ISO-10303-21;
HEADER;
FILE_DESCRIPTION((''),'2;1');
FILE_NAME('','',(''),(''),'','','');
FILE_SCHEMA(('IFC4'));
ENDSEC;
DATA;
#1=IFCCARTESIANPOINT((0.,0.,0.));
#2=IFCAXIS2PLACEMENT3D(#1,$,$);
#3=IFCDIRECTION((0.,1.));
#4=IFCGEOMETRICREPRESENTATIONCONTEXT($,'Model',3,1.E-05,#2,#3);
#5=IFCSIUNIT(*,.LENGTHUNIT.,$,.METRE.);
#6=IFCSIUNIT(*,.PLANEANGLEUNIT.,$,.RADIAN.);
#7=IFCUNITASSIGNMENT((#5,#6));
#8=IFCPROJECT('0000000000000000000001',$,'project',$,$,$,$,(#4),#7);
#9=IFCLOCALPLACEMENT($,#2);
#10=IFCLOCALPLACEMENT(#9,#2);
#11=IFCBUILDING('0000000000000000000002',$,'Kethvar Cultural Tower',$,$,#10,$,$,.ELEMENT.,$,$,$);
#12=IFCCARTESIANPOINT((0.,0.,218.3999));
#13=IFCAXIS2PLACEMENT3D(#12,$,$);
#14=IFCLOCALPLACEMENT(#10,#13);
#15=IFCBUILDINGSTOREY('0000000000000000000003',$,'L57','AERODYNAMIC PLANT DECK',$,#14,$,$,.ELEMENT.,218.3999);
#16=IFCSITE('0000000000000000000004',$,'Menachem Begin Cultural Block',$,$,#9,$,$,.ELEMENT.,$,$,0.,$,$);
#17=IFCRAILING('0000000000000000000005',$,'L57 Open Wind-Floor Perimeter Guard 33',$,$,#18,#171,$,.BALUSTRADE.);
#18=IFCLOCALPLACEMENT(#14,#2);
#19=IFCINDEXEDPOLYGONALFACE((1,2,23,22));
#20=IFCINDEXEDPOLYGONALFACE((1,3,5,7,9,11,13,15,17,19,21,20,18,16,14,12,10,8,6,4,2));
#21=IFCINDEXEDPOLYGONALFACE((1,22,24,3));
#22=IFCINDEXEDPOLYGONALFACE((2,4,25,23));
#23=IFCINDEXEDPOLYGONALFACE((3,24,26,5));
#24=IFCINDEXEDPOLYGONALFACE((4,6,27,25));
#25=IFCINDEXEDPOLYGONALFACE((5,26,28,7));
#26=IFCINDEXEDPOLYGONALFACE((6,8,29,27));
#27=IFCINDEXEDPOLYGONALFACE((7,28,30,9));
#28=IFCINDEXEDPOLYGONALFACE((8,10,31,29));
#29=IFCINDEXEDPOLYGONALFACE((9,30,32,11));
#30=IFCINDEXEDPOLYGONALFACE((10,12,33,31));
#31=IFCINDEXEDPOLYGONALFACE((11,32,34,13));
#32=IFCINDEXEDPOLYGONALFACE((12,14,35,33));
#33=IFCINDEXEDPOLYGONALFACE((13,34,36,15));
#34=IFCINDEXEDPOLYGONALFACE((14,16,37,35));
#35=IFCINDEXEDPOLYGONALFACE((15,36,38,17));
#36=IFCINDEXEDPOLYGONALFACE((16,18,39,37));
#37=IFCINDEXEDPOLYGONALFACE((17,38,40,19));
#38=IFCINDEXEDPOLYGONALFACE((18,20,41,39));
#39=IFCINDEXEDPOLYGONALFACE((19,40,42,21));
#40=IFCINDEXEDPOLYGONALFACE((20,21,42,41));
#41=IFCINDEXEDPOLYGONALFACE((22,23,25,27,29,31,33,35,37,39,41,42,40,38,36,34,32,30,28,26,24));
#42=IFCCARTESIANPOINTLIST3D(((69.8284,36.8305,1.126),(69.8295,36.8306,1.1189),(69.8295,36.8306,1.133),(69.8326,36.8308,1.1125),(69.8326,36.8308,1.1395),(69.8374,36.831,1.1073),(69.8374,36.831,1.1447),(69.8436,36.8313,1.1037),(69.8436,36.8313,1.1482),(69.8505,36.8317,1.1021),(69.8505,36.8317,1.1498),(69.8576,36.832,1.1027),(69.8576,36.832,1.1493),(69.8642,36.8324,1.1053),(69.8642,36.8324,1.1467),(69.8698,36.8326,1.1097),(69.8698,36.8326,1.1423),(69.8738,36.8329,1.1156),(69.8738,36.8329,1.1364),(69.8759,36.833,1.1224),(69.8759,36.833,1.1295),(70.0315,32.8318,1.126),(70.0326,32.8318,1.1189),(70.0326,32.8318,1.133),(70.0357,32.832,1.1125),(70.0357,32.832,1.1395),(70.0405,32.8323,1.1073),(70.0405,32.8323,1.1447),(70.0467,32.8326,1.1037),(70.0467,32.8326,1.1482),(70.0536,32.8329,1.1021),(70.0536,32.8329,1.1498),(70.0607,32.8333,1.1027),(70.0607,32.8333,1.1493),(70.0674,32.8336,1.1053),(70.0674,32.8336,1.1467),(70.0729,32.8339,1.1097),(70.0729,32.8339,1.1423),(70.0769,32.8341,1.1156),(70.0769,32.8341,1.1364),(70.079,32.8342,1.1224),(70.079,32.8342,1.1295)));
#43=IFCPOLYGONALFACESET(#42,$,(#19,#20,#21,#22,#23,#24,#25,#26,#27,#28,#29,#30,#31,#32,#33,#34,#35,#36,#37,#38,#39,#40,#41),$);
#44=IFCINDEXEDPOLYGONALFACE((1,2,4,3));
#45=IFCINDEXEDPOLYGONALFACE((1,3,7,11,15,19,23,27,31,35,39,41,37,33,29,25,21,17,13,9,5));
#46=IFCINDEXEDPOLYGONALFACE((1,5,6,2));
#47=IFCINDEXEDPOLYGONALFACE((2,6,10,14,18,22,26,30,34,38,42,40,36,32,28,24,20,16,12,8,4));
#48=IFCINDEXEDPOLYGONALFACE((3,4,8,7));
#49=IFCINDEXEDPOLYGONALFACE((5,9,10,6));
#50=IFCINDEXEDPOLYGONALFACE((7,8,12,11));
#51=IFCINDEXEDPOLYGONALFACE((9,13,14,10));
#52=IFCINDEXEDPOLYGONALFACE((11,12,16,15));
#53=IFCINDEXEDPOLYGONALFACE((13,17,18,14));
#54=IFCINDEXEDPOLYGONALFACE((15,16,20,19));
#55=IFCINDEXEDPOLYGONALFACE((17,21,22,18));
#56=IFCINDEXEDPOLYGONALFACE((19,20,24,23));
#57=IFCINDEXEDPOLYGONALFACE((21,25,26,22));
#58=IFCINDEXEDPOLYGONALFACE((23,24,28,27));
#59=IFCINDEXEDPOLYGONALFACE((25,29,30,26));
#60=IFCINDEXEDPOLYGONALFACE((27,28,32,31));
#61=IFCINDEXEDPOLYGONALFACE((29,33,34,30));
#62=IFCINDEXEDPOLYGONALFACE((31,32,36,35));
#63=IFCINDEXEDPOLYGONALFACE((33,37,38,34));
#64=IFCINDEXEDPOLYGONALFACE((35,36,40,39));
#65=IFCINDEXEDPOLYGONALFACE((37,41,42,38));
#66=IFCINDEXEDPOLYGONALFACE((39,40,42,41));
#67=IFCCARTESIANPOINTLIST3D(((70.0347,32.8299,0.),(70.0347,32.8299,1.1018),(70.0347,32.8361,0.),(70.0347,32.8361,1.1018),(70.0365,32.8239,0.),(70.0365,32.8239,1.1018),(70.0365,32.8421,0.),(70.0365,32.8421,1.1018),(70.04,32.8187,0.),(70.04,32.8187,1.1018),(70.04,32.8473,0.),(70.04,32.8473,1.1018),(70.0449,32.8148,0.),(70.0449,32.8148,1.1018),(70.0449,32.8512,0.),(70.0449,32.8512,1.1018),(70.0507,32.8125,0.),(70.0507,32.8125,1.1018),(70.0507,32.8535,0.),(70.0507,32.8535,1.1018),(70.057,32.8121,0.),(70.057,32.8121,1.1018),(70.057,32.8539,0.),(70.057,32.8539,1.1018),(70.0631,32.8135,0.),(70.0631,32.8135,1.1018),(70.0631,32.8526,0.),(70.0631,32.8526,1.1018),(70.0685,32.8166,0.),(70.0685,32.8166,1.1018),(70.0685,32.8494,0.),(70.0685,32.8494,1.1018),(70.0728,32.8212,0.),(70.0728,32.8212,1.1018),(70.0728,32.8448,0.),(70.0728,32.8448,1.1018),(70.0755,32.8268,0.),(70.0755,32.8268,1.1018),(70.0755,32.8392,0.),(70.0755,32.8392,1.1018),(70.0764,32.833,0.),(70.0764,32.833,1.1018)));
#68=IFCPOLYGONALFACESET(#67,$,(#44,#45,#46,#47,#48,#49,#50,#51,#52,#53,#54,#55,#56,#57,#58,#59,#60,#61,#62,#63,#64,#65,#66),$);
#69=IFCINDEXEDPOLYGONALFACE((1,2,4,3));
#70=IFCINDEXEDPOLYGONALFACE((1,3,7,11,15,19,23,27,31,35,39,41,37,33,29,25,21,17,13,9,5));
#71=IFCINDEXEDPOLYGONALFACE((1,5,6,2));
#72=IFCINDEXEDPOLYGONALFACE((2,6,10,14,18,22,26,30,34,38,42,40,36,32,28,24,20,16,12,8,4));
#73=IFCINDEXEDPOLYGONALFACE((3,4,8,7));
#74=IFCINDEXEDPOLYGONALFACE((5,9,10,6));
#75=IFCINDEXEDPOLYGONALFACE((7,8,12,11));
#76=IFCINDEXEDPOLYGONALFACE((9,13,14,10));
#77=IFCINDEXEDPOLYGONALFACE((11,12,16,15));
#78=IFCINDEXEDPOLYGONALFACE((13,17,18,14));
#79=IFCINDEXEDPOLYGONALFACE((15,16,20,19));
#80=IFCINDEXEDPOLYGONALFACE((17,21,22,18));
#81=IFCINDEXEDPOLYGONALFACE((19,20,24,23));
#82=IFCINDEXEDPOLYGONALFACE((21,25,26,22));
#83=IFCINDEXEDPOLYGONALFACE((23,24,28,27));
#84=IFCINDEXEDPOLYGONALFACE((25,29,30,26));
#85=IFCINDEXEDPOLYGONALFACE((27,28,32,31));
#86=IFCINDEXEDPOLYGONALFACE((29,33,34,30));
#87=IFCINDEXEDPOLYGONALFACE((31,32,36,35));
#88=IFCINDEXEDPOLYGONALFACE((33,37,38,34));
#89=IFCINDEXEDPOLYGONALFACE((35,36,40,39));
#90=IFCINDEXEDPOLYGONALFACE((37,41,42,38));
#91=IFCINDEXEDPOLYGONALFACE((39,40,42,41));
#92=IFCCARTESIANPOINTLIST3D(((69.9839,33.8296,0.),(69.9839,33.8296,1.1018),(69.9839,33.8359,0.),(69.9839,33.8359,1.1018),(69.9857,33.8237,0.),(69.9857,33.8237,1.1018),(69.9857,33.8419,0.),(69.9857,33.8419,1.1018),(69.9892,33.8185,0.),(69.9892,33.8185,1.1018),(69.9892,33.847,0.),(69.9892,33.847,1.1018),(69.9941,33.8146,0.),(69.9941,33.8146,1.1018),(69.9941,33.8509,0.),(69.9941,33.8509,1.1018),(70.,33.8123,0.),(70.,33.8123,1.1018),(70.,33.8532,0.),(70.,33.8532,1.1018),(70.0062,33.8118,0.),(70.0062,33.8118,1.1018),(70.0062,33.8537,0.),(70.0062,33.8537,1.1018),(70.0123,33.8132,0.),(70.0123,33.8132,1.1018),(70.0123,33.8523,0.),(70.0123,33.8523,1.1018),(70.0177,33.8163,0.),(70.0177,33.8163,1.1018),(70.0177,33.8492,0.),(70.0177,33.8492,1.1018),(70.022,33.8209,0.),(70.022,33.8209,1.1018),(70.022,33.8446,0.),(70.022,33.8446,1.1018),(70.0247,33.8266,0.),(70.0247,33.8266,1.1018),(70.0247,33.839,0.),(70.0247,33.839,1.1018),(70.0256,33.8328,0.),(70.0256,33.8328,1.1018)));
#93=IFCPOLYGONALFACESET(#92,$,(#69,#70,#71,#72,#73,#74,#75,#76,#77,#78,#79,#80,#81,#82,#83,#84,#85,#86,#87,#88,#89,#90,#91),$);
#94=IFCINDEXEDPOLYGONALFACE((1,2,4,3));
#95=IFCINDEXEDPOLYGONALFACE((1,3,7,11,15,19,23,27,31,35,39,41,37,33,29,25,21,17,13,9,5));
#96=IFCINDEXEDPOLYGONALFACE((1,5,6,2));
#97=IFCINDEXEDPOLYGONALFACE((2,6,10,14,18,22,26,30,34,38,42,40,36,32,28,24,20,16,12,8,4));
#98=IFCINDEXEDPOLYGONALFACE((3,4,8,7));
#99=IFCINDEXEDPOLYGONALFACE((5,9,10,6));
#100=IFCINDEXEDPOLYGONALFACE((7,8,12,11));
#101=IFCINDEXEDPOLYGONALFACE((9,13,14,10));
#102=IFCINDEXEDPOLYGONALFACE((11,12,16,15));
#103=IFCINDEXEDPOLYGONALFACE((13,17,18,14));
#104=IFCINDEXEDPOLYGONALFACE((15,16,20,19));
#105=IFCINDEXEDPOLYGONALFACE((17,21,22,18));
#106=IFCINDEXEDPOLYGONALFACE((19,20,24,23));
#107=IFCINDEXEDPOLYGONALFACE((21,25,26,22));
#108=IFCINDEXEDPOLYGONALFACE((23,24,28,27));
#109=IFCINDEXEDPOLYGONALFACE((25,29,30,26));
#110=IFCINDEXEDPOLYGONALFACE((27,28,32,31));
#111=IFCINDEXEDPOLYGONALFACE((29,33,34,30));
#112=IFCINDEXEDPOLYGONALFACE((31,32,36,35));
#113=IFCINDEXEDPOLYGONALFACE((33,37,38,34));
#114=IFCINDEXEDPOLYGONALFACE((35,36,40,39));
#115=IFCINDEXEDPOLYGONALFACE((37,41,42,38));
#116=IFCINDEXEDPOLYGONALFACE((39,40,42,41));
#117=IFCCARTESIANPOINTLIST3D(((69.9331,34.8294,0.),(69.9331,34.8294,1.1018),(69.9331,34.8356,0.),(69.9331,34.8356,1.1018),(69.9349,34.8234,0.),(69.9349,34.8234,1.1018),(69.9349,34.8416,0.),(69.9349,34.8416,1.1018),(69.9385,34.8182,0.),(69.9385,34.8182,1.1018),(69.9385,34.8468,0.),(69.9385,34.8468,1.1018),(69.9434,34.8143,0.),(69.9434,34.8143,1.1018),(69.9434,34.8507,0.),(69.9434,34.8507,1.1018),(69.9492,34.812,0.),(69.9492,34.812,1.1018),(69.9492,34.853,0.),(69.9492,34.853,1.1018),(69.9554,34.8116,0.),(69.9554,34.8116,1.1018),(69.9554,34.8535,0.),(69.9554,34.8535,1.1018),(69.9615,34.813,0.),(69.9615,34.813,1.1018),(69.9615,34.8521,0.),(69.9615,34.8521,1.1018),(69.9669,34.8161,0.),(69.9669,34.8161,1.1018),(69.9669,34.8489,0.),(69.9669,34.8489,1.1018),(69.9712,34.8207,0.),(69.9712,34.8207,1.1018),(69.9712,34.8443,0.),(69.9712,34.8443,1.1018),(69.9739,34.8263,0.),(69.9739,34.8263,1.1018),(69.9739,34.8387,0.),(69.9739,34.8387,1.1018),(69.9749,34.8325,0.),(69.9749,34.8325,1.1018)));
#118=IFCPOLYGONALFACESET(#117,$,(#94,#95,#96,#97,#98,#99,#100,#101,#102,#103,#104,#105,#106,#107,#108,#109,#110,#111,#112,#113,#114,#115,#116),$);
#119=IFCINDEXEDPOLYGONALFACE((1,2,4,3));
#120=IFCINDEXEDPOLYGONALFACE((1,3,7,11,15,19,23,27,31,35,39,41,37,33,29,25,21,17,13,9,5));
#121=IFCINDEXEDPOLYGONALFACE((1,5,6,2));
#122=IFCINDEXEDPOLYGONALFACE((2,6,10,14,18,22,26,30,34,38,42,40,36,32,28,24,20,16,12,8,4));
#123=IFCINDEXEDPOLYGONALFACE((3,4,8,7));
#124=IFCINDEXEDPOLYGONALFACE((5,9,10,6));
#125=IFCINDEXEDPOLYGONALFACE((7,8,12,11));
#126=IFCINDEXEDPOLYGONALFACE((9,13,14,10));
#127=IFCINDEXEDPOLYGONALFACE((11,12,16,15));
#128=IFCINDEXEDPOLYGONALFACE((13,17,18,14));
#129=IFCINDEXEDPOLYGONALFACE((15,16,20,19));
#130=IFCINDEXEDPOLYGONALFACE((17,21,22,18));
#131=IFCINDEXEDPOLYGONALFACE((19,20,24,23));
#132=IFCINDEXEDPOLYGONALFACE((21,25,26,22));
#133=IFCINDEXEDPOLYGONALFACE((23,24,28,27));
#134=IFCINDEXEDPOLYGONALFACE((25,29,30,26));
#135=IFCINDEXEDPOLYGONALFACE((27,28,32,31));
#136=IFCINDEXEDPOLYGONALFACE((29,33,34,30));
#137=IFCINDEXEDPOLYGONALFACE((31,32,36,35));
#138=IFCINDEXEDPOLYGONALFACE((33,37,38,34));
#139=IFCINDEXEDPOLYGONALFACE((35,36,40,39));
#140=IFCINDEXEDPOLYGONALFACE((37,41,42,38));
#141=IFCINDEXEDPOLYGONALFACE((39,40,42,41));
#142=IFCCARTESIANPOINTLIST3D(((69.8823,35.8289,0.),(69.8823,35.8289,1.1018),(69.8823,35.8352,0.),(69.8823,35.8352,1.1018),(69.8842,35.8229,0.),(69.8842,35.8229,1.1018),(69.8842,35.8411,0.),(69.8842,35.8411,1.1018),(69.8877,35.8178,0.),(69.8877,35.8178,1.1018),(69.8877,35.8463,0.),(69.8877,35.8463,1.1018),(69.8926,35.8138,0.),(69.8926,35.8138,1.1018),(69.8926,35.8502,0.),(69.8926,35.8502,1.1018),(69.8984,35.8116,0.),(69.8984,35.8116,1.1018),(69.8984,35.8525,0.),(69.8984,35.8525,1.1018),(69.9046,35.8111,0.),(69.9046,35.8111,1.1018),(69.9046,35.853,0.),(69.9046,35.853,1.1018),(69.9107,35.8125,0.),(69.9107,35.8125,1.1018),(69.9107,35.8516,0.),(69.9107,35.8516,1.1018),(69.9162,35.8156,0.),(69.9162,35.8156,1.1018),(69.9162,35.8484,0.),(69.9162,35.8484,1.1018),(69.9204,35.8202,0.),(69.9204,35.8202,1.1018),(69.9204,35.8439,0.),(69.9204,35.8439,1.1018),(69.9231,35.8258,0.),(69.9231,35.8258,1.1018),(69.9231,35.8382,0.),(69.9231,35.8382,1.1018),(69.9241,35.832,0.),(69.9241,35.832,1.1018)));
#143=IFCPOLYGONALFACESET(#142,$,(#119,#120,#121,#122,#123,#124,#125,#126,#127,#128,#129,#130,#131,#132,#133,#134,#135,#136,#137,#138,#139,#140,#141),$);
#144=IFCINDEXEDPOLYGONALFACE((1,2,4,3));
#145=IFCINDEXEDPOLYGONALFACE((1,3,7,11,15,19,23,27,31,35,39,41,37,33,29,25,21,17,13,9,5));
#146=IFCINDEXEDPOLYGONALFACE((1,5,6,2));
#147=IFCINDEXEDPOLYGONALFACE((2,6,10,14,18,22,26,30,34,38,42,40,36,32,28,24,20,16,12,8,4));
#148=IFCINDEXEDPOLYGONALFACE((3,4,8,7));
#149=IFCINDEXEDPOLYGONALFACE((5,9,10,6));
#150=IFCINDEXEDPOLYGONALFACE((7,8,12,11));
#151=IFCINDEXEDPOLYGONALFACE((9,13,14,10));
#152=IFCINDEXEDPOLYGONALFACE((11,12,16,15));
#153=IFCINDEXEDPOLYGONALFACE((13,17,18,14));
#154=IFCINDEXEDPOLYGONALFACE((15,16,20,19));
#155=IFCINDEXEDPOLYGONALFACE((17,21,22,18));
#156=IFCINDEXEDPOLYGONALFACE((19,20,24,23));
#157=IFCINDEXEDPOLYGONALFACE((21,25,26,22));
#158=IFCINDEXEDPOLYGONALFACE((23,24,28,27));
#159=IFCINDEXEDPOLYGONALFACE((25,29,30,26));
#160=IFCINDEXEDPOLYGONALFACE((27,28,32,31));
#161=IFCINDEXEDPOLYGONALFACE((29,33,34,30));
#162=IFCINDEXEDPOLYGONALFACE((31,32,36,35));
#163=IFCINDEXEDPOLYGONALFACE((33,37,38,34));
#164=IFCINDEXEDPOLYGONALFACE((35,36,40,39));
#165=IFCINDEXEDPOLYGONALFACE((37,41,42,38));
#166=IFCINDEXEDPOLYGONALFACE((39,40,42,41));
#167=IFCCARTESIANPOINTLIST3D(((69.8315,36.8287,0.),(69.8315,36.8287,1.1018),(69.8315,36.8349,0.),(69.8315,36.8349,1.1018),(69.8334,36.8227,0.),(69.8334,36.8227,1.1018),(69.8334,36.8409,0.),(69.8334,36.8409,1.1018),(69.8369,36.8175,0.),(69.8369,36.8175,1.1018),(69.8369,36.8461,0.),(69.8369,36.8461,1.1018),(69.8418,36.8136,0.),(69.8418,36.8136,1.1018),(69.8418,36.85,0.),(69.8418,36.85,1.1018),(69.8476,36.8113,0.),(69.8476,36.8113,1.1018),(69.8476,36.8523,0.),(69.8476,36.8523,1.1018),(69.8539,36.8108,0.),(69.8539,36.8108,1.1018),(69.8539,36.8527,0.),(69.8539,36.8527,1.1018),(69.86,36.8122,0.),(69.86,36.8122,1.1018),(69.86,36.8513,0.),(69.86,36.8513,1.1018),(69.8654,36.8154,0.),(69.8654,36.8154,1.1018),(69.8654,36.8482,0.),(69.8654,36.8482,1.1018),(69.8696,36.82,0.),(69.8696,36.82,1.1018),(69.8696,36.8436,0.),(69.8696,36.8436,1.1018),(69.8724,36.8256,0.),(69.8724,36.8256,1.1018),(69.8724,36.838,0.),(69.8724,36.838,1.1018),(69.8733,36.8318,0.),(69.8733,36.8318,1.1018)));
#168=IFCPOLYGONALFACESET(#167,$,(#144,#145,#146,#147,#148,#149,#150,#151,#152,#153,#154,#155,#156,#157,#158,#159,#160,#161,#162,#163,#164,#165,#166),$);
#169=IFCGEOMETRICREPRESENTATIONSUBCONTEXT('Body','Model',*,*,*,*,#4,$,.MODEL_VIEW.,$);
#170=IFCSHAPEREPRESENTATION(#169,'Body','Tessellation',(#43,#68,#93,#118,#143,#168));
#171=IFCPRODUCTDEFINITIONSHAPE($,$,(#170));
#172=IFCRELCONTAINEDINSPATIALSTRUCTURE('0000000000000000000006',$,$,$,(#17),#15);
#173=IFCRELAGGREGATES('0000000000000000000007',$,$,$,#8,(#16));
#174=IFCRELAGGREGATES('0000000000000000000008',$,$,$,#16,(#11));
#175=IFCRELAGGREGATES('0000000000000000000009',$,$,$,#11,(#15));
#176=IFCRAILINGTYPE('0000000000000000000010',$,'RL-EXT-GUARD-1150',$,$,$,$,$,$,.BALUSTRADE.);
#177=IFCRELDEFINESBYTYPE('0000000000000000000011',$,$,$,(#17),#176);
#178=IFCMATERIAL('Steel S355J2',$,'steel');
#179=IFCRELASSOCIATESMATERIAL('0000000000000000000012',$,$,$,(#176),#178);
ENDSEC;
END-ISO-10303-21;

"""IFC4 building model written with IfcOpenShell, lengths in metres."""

from ifc_helpers import new_model, si_unit, direction, frame, origin, origin_2d, place, context, subcontext, project, spatial, circle, extrude, material, type_object, element, save


model = new_model("IFC4")

# Units and contexts
model_context = context("Model", 3, precision=1e-05, world=origin(), true_north=direction((0.0, 1.0)))
body_context = subcontext(model_context, "Body", "Model", "MODEL_VIEW")
ifc_project = project(units=[si_unit("LENGTHUNIT", "METRE"), si_unit("PLANEANGLEUNIT", "RADIAN")], contexts=[model_context])

# Site, building, storey
site_placement = place(None, origin())
site = spatial("IfcSite", under=ifc_project, at=site_placement, Name="Menachem Begin Cultural Block", CompositionType="ELEMENT", RefElevation=0.0)
building_placement = place(site_placement, origin())
building = spatial("IfcBuilding", under=site, at=building_placement, Name="Kethvar Cultural Tower", CompositionType="ELEMENT")
storey_placement = place(building_placement, frame((0.0, 0.0, 218.3999)))
storey = spatial("IfcBuildingStorey", under=building, at=storey_placement, Name="L57", Description="AERODYNAMIC PLANT DECK", CompositionType="ELEMENT", Elevation=218.3999)

# Shared definitions
ifc_material_1 = material(Name="Steel S355J2", Category="steel")

# Railing
railing_type_1 = type_object("IfcRailingType", Name="RL-EXT-GUARD-1150", PredefinedType="BALUSTRADE", material=ifc_material_1)
railing_1_placement = place(storey_placement, frame((70.0554, 32.833, 0.0)))
element("IfcRailing", 1, at=railing_1_placement, inside=storey, type_object=railing_type_1, Name="L57 Open Wind-Floor Perimeter Guard 33", PredefinedType="BALUSTRADE", context=body_context, shape_type="SweptSolid", body=[
    extrude(circle(Radius=0.0239, at=origin_2d()), frame((0.0, 0.0, 1.126), z_axis=(-0.050731, 0.998712, 0.0), x_axis=(-0.998712, -0.050731, 0.0)), (0.0, 0.0, 1.0), 4.0039),
    extrude(circle(Radius=0.021, at=origin_2d()), origin(), (0.0, 0.0, 1.0), 1.1018),
    extrude(circle(Radius=0.021, at=origin_2d()), frame((-0.0508, 0.9998, 0.0)), (0.0, 0.0, 1.0), 1.1018),
    extrude(circle(Radius=0.021, at=origin_2d()), frame((-0.1016, 1.9995, 0.0)), (0.0, 0.0, 1.0), 1.1018),
    extrude(circle(Radius=0.021, at=origin_2d()), frame((-0.1523, 2.999, 0.0)), (0.0, 0.0, 1.0), 1.1018),
    extrude(circle(Radius=0.021, at=origin_2d()), frame((-0.2031, 3.9988, 0.0)), (0.0, 0.0, 1.0), 1.1018),
])

save(model, "model.ifc")
